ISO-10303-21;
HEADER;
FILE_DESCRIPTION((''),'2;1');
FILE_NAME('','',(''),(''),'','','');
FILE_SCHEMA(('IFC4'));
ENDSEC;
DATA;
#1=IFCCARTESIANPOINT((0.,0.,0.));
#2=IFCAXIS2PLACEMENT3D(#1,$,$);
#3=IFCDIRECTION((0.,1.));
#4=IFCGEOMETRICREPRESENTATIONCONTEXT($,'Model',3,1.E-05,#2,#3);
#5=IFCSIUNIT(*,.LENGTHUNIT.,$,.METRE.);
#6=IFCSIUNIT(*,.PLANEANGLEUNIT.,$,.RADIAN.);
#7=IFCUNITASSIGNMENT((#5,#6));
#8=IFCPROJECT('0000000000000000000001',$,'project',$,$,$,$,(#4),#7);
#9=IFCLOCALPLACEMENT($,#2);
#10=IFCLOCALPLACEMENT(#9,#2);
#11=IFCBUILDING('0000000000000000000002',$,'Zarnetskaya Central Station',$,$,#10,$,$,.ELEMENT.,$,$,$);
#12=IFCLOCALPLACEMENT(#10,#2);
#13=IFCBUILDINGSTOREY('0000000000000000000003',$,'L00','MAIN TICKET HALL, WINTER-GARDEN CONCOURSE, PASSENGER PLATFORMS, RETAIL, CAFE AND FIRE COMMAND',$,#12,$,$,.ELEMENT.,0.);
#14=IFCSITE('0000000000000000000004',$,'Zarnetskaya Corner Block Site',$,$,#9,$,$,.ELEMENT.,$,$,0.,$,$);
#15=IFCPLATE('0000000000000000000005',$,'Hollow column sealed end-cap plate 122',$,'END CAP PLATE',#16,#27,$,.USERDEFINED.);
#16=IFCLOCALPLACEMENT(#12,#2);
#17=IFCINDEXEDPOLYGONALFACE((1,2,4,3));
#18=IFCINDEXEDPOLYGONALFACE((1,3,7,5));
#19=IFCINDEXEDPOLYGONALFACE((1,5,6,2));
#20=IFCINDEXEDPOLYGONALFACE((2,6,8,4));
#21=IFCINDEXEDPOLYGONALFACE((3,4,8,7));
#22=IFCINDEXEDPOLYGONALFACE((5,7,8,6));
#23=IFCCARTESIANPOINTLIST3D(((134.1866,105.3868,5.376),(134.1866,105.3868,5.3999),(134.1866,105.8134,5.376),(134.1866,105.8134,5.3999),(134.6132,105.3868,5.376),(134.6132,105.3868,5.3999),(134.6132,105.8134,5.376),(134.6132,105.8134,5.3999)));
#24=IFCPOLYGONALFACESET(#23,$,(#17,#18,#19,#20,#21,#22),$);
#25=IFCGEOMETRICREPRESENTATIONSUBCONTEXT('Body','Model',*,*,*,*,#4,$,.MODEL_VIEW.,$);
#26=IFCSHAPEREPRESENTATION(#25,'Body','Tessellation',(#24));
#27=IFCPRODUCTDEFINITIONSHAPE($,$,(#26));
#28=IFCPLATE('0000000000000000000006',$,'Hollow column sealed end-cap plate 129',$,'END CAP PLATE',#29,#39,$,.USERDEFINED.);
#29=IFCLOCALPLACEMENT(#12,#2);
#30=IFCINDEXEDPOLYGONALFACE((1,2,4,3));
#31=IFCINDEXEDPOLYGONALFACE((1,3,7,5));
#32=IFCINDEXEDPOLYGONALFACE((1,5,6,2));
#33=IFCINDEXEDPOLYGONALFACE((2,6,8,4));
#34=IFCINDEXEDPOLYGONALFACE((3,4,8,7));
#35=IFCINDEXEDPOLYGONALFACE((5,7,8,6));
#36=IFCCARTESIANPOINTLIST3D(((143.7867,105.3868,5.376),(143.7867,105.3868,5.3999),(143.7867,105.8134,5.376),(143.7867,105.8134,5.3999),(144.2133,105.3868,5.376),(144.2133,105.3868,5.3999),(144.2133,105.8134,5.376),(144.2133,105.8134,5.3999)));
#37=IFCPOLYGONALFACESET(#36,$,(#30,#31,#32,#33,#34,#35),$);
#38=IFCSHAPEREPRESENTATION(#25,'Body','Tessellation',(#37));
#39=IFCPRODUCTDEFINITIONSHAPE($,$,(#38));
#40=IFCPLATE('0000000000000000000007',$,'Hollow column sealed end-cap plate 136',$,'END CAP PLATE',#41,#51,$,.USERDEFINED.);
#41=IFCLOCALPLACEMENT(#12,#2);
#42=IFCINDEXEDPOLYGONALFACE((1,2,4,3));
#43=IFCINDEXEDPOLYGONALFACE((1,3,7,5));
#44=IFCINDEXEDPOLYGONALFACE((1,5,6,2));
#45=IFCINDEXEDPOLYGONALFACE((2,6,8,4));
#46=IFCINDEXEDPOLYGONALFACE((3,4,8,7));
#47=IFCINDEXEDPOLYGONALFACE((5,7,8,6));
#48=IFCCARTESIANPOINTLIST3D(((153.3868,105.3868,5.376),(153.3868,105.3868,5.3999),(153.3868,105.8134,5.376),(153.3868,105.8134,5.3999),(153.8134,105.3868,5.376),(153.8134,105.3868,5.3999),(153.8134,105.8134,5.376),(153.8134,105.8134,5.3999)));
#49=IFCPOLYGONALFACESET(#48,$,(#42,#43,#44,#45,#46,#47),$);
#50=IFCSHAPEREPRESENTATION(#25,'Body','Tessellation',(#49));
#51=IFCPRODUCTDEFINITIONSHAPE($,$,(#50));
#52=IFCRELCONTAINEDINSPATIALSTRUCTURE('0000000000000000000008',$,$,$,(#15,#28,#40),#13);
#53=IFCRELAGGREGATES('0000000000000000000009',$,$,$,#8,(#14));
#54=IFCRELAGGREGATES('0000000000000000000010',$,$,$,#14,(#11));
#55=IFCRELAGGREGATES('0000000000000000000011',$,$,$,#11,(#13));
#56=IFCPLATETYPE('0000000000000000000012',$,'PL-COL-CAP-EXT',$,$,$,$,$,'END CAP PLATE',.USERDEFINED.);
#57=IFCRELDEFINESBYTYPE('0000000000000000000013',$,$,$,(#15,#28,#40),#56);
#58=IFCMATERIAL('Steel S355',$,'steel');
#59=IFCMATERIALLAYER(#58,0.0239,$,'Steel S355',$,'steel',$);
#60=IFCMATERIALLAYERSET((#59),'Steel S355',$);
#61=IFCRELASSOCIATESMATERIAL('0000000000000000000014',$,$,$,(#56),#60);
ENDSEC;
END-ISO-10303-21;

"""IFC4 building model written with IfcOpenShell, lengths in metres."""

from ifc_helpers import new_model, si_unit, direction, frame, origin, origin_2d, place, context, subcontext, project, spatial, rectangle, extrude, material, layer, layer_set, type_object, element, save


model = new_model("IFC4")

# Units and contexts
model_context = context("Model", 3, precision=1e-05, world=origin(), true_north=direction((0.0, 1.0)))
body_context = subcontext(model_context, "Body", "Model", "MODEL_VIEW")
ifc_project = project(units=[si_unit("LENGTHUNIT", "METRE"), si_unit("PLANEANGLEUNIT", "RADIAN")], contexts=[model_context])

# Site, building, storey
site_placement = place(None, origin())
site = spatial("IfcSite", under=ifc_project, at=site_placement, Name="Zarnetskaya Corner Block Site", CompositionType="ELEMENT", RefElevation=0.0)
building_placement = place(site_placement, origin())
building = spatial("IfcBuilding", under=site, at=building_placement, Name="Zarnetskaya Central Station", CompositionType="ELEMENT")
storey_placement = place(building_placement, origin())
storey = spatial("IfcBuildingStorey", under=building, at=storey_placement, Name="L00", Description="MAIN TICKET HALL, WINTER-GARDEN CONCOURSE, PASSENGER PLATFORMS, RETAIL, CAFE AND FIRE COMMAND", CompositionType="ELEMENT", Elevation=0.0)

# Shared definitions
ifc_material = material(Name="Steel S355", Category="steel")

# Plates
ifc_layer = layer(ifc_material, 0.0239, Name="Steel S355", Category="steel")
ifc_layer_set = layer_set([ifc_layer], Name="Steel S355")
plate_type = type_object("IfcPlateType", Name="PL-COL-CAP-EXT", ElementType="END CAP PLATE", PredefinedType="USERDEFINED", material=ifc_layer_set)
for number, where, z_axis, x_axis, name in (
    (1, (134.3999, 105.6001, 5.376), (0.0, 0.0, 1.0), (1.0, 0.0, 0.0), "Hollow column sealed end-cap plate 122"),
    (2, (144.0, 105.6001, 5.376), (0.0, 0.0, 1.0), (1.0, 0.0, 0.0), "Hollow column sealed end-cap plate 129"),
    (3, (153.6001, 105.6001, 5.376), (0.0, 0.0, 1.0), (1.0, 0.0, 0.0), "Hollow column sealed end-cap plate 136"),
):
    element("IfcPlate", number, at=place(storey_placement, frame(where, z_axis=z_axis, x_axis=x_axis)), inside=storey, type_object=plate_type, Name=name, ObjectType="END CAP PLATE", PredefinedType="USERDEFINED", context=body_context, shape_type="SweptSolid", body=[
        extrude(rectangle(XDim=0.4265, YDim=0.4265, at=origin_2d()), origin(), (0.0, 0.0, 1.0), 0.0239),
    ])

save(model, "model.ifc")
